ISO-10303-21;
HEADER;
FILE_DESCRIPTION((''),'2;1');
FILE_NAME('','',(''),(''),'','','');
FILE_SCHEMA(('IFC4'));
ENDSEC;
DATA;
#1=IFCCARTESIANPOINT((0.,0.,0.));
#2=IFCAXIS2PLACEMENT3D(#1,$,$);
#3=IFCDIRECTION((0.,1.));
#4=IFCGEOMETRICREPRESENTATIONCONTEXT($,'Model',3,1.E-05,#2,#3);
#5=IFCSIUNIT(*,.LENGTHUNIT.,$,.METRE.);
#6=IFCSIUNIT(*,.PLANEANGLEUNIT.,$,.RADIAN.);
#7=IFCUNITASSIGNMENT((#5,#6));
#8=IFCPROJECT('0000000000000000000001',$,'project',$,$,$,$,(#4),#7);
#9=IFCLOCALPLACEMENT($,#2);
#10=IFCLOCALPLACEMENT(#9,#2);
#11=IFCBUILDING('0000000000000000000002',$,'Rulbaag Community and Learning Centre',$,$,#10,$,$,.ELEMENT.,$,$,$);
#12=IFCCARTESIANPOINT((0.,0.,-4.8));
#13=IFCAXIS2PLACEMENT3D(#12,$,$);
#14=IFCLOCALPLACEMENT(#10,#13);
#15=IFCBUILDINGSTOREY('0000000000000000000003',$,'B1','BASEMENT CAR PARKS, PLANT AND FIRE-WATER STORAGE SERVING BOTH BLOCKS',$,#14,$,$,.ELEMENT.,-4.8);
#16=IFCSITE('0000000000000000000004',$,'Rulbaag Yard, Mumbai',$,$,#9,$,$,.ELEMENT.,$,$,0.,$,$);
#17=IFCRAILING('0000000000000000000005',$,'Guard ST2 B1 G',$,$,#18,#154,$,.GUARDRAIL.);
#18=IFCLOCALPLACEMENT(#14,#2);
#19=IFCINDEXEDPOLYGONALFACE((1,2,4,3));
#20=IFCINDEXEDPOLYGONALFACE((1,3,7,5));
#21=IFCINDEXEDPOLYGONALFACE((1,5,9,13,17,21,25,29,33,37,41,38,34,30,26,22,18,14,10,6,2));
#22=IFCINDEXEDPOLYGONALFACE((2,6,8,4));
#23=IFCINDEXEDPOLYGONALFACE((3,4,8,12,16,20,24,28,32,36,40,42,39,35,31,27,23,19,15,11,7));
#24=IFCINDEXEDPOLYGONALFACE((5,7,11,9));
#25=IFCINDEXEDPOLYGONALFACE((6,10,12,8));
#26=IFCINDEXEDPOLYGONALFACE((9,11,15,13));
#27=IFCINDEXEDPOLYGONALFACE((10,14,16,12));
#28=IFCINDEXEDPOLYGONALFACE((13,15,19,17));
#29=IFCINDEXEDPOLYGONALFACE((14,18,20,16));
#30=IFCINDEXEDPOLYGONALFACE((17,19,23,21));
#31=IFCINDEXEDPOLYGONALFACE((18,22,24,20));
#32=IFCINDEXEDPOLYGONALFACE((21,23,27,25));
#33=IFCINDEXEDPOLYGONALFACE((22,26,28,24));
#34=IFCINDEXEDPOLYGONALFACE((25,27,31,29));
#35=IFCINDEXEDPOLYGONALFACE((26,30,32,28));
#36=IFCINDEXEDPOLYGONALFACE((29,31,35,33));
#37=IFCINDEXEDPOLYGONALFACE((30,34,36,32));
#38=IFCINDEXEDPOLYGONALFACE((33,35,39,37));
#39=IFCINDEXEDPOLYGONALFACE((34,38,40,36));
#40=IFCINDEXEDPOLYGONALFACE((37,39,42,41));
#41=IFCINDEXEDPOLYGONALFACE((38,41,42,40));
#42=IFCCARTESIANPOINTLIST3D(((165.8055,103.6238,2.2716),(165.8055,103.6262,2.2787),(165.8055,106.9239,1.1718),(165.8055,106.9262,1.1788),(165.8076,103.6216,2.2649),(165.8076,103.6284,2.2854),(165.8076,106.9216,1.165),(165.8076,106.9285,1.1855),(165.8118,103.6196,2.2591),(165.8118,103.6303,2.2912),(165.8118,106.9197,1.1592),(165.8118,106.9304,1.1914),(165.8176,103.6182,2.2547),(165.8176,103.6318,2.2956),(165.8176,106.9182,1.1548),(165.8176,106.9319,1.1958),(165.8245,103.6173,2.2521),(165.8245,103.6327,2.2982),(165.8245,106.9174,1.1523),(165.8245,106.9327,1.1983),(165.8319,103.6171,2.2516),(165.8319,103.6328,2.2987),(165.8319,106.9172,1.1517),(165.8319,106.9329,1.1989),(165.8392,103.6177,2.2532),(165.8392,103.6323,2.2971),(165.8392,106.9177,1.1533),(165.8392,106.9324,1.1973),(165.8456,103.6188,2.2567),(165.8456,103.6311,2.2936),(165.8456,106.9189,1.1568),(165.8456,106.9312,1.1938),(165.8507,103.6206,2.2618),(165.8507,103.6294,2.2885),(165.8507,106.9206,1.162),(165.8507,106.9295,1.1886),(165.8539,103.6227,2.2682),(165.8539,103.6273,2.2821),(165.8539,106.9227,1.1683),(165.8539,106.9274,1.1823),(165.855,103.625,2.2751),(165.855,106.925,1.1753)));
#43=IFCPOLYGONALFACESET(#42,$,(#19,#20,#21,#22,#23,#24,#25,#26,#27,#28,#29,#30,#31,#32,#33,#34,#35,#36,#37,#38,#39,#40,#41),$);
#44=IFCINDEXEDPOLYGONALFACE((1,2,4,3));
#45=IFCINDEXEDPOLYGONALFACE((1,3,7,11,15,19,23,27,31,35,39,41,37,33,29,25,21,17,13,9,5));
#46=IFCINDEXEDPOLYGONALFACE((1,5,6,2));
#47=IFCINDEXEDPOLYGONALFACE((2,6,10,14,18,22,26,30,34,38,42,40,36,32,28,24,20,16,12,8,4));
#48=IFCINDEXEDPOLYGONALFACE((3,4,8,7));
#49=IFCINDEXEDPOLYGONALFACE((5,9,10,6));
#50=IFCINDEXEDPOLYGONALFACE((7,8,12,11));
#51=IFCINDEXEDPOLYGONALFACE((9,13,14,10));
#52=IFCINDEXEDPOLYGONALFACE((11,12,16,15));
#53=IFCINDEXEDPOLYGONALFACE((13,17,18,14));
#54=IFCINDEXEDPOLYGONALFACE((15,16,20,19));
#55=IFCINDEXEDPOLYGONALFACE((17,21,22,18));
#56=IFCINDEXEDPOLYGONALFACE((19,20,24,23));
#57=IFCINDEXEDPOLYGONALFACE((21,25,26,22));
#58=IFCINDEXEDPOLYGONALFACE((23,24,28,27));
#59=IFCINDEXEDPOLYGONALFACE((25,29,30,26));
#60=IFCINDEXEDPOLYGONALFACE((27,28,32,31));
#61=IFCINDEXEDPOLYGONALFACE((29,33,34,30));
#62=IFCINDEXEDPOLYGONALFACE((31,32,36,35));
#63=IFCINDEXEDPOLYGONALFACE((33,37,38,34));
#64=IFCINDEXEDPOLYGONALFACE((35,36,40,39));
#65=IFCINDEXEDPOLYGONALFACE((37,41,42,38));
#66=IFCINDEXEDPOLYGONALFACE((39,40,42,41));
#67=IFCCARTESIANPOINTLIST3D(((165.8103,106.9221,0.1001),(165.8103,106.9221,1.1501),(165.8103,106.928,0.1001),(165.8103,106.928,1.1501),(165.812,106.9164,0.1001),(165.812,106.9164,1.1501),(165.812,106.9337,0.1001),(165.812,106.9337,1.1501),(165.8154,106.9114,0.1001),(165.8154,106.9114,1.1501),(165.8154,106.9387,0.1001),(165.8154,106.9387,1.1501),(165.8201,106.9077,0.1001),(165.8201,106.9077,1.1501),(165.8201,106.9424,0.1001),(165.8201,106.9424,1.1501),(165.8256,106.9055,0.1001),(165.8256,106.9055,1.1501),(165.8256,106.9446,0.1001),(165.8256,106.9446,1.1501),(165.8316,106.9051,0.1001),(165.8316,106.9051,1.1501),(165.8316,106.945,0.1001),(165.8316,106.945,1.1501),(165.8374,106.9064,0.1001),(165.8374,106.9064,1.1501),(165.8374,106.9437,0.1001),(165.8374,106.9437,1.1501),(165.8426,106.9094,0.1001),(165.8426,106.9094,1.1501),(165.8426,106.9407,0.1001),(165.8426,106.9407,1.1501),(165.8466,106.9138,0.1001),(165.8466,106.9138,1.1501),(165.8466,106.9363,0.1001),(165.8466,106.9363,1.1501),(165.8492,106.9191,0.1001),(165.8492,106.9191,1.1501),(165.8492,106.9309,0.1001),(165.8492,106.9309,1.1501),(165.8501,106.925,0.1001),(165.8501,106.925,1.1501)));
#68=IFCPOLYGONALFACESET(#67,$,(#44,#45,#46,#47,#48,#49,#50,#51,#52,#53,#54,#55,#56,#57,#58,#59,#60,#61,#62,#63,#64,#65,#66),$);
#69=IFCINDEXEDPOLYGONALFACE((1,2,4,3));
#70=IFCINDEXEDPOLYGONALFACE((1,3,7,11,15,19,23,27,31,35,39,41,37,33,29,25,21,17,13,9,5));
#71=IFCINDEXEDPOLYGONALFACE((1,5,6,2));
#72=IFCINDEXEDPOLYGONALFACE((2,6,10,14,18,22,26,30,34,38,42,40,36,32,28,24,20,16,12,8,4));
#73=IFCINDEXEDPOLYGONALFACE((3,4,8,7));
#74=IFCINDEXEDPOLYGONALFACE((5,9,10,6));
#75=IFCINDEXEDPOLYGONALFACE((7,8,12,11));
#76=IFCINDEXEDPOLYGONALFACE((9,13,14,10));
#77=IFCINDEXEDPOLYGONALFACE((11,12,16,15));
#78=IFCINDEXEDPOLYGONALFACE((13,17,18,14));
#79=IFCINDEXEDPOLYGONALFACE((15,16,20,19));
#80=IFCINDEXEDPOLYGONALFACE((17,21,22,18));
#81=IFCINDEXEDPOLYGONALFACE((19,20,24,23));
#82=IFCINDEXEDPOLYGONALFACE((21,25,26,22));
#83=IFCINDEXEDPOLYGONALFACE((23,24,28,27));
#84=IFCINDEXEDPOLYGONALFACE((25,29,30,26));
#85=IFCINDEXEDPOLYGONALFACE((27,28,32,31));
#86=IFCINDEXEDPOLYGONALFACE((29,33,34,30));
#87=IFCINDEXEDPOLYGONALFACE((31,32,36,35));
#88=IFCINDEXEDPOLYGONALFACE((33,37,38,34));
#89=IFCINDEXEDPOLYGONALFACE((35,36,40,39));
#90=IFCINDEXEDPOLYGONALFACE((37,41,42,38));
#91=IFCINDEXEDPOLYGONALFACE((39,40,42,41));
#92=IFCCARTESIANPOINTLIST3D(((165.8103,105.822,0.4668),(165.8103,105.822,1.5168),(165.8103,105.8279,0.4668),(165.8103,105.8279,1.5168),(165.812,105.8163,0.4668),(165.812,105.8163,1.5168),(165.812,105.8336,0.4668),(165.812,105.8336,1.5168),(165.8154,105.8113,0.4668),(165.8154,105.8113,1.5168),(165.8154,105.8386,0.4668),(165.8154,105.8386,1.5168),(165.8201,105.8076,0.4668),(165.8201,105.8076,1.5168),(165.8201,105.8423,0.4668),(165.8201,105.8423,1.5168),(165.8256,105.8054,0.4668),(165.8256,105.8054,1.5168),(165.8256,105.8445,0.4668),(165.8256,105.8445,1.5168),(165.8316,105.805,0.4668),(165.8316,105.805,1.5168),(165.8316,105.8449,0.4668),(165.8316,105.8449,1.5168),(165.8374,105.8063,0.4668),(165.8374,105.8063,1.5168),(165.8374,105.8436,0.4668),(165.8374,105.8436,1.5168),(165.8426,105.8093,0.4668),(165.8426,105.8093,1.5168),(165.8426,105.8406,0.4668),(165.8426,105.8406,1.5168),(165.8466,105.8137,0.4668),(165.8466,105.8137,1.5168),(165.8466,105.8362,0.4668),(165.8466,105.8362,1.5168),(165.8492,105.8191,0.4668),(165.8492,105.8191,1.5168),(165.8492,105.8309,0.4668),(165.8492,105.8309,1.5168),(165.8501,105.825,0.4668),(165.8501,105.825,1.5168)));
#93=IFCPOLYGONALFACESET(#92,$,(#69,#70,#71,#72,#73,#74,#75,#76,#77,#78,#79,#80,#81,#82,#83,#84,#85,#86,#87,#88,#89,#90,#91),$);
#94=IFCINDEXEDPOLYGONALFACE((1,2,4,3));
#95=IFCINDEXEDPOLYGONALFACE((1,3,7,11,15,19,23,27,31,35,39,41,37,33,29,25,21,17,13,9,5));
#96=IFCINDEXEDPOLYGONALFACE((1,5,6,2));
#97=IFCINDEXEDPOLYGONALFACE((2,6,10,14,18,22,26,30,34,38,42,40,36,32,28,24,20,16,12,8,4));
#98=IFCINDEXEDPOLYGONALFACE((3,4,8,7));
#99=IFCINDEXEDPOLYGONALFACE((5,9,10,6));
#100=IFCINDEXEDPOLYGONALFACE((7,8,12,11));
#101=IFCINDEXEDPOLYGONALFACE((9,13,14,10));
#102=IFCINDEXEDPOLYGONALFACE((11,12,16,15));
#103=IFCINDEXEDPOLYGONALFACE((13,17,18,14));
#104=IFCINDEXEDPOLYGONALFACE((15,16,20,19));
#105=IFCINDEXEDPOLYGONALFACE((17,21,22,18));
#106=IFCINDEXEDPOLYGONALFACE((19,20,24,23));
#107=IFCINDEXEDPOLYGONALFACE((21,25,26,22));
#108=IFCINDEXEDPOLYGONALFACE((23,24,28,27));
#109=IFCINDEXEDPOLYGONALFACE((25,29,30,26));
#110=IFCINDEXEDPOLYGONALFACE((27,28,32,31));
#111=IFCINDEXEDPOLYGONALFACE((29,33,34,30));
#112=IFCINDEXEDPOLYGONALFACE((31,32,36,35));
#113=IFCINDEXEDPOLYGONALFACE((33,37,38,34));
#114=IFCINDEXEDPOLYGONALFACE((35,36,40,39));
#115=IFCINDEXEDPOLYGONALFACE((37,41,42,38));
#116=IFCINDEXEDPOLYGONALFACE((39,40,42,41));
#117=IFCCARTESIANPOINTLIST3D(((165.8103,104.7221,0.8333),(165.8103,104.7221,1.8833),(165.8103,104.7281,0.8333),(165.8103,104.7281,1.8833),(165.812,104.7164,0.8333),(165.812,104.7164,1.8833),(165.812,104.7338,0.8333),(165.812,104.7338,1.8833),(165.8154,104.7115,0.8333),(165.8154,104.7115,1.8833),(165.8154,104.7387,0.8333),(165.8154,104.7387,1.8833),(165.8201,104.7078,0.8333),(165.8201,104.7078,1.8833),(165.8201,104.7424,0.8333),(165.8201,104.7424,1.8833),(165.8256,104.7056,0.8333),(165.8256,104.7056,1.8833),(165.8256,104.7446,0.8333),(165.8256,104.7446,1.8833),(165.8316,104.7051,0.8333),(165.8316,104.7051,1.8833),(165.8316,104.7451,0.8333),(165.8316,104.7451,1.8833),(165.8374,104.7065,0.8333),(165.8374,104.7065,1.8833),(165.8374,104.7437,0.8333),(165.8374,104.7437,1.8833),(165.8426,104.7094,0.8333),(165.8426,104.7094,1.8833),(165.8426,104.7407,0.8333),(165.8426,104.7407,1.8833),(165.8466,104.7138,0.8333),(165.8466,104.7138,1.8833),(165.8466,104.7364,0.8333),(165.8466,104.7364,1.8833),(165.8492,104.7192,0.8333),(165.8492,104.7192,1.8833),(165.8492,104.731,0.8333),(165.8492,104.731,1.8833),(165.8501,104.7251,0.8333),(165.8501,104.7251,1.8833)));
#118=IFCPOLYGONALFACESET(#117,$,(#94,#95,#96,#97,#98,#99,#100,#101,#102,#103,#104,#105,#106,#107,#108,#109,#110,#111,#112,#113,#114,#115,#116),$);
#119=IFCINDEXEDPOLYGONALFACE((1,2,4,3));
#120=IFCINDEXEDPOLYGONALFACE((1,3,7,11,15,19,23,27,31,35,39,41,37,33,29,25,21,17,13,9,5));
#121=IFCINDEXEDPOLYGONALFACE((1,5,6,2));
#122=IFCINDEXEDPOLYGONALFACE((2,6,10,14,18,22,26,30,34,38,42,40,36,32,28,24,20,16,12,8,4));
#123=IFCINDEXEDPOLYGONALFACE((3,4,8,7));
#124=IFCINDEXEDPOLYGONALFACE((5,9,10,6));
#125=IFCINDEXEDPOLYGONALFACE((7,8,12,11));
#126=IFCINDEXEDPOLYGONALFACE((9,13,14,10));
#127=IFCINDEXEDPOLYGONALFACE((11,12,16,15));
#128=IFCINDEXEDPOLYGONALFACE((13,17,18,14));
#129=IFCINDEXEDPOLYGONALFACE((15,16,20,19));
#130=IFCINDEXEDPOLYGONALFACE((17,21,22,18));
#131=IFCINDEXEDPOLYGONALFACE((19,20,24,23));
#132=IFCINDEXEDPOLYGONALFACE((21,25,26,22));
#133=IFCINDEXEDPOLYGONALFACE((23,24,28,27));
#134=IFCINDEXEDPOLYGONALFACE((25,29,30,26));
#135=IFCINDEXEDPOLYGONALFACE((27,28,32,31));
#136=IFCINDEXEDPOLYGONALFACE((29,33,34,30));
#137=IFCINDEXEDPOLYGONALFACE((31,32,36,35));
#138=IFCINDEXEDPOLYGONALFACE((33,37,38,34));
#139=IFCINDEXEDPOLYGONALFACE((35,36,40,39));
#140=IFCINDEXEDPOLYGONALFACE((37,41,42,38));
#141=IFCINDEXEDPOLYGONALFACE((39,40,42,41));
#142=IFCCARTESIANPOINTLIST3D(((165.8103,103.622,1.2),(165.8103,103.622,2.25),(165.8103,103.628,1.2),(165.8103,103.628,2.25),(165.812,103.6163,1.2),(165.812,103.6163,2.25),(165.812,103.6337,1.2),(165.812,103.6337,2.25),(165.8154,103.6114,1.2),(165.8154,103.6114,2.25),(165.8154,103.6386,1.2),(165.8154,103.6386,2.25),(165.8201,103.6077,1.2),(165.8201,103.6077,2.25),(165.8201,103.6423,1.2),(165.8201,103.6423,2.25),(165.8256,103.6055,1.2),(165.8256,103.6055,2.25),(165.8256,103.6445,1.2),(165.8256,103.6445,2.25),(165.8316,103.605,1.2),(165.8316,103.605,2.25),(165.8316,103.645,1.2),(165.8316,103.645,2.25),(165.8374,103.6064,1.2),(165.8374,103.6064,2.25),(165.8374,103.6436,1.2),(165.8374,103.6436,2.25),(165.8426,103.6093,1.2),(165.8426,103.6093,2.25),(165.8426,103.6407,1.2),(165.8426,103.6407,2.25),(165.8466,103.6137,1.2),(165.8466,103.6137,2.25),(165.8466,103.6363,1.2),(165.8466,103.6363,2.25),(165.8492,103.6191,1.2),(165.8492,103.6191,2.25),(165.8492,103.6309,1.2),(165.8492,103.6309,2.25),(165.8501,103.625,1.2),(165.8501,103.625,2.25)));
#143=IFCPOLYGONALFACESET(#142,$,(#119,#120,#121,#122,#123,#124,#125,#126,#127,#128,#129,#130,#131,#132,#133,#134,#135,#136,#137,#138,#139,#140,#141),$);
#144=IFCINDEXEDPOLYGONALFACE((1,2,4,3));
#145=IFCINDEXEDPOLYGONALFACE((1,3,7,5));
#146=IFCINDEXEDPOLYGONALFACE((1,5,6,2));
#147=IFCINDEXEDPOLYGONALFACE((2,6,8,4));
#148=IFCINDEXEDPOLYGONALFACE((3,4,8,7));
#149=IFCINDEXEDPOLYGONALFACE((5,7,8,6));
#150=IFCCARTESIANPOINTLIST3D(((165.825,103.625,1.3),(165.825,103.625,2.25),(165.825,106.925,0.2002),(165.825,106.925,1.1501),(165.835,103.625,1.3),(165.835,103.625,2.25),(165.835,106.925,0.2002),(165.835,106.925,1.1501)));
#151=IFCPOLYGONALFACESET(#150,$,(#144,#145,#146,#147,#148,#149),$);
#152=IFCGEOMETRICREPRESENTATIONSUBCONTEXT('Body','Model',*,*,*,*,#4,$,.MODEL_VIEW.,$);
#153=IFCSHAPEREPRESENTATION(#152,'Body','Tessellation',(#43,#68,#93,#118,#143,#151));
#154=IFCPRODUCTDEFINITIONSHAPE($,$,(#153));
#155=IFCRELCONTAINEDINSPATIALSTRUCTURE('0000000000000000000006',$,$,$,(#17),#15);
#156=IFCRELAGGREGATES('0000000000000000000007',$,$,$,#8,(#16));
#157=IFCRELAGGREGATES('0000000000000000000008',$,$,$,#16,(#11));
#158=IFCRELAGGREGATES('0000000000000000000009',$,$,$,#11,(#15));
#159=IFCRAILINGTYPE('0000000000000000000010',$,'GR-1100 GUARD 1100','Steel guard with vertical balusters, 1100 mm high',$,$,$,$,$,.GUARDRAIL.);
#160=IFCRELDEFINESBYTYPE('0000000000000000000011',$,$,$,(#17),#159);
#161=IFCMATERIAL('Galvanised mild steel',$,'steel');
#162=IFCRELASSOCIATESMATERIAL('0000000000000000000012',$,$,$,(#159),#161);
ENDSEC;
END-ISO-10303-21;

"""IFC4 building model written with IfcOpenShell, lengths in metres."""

from ifc_helpers import new_model, si_unit, direction, frame, origin, origin_2d, place, context, subcontext, project, spatial, polyline, circle, outline, extrude, material, type_object, element, save


model = new_model("IFC4")

# Units and contexts
model_context = context("Model", 3, precision=1e-05, world=origin(), true_north=direction((0.0, 1.0)))
body_context = subcontext(model_context, "Body", "Model", "MODEL_VIEW")
ifc_project = project(units=[si_unit("LENGTHUNIT", "METRE"), si_unit("PLANEANGLEUNIT", "RADIAN")], contexts=[model_context])

# Site, building, storey
site_placement = place(None, origin())
site = spatial("IfcSite", under=ifc_project, at=site_placement, Name="Rulbaag Yard, Mumbai", CompositionType="ELEMENT", RefElevation=0.0)
building_placement = place(site_placement, origin())
building = spatial("IfcBuilding", under=site, at=building_placement, Name="Rulbaag Community and Learning Centre", CompositionType="ELEMENT")
storey_placement = place(building_placement, frame((0.0, 0.0, -4.8)))
storey = spatial("IfcBuildingStorey", under=building, at=storey_placement, Name="B1", Description="BASEMENT CAR PARKS, PLANT AND FIRE-WATER STORAGE SERVING BOTH BLOCKS", CompositionType="ELEMENT", Elevation=-4.8)

# Railing
ifc_material_1 = material(Name="Galvanised mild steel", Category="steel")
railing_type_1 = type_object("IfcRailingType", Name="GR-1100 GUARD 1100", Description="Steel guard with vertical balusters, 1100 mm high", PredefinedType="GUARDRAIL", material=ifc_material_1)
railing_1_placement = place(storey_placement, frame((165.8301, 106.925, 0.1001)))
element("IfcRailing", 1, at=railing_1_placement, inside=storey, type_object=railing_type_1, Name="Guard ST2 B1 G", PredefinedType="GUARDRAIL", context=body_context, shape_type="SweptSolid", body=[
    extrude(circle(Radius=0.0249, at=origin_2d()), frame((0.0, 0.0, 1.0752), z_axis=(0.0, -0.948697, 0.316186), x_axis=(1.0, 0.0, 0.0)), (0.0, 0.0, 1.0), 3.4785),
    extrude(circle(Radius=0.02, at=origin_2d()), origin(), (0.0, 0.0, 1.0), 1.05),
    extrude(circle(Radius=0.02, at=origin_2d()), frame((0.0, -1.1001, 0.3667)), (0.0, 0.0, 1.0), 1.05),
    extrude(circle(Radius=0.02, at=origin_2d()), frame((0.0, -2.2, 0.7332)), (0.0, 0.0, 1.0), 1.05),
    extrude(circle(Radius=0.02, at=origin_2d()), frame((0.0, -3.3, 1.0999)), (0.0, 0.0, 1.0), 1.05),
    extrude(outline(polyline([(0.0, 0.0), (3.3, 1.0999), (3.3, 2.0498), (0.0, 0.95), (0.0, 0.0)])), frame((0.0049, 0.0, 0.1001), z_axis=(-1.0, 0.0, 0.0), x_axis=(0.0, -1.0, 0.0)), (0.0, 0.0, 1.0), 0.01),
])

save(model, "model.ifc")
